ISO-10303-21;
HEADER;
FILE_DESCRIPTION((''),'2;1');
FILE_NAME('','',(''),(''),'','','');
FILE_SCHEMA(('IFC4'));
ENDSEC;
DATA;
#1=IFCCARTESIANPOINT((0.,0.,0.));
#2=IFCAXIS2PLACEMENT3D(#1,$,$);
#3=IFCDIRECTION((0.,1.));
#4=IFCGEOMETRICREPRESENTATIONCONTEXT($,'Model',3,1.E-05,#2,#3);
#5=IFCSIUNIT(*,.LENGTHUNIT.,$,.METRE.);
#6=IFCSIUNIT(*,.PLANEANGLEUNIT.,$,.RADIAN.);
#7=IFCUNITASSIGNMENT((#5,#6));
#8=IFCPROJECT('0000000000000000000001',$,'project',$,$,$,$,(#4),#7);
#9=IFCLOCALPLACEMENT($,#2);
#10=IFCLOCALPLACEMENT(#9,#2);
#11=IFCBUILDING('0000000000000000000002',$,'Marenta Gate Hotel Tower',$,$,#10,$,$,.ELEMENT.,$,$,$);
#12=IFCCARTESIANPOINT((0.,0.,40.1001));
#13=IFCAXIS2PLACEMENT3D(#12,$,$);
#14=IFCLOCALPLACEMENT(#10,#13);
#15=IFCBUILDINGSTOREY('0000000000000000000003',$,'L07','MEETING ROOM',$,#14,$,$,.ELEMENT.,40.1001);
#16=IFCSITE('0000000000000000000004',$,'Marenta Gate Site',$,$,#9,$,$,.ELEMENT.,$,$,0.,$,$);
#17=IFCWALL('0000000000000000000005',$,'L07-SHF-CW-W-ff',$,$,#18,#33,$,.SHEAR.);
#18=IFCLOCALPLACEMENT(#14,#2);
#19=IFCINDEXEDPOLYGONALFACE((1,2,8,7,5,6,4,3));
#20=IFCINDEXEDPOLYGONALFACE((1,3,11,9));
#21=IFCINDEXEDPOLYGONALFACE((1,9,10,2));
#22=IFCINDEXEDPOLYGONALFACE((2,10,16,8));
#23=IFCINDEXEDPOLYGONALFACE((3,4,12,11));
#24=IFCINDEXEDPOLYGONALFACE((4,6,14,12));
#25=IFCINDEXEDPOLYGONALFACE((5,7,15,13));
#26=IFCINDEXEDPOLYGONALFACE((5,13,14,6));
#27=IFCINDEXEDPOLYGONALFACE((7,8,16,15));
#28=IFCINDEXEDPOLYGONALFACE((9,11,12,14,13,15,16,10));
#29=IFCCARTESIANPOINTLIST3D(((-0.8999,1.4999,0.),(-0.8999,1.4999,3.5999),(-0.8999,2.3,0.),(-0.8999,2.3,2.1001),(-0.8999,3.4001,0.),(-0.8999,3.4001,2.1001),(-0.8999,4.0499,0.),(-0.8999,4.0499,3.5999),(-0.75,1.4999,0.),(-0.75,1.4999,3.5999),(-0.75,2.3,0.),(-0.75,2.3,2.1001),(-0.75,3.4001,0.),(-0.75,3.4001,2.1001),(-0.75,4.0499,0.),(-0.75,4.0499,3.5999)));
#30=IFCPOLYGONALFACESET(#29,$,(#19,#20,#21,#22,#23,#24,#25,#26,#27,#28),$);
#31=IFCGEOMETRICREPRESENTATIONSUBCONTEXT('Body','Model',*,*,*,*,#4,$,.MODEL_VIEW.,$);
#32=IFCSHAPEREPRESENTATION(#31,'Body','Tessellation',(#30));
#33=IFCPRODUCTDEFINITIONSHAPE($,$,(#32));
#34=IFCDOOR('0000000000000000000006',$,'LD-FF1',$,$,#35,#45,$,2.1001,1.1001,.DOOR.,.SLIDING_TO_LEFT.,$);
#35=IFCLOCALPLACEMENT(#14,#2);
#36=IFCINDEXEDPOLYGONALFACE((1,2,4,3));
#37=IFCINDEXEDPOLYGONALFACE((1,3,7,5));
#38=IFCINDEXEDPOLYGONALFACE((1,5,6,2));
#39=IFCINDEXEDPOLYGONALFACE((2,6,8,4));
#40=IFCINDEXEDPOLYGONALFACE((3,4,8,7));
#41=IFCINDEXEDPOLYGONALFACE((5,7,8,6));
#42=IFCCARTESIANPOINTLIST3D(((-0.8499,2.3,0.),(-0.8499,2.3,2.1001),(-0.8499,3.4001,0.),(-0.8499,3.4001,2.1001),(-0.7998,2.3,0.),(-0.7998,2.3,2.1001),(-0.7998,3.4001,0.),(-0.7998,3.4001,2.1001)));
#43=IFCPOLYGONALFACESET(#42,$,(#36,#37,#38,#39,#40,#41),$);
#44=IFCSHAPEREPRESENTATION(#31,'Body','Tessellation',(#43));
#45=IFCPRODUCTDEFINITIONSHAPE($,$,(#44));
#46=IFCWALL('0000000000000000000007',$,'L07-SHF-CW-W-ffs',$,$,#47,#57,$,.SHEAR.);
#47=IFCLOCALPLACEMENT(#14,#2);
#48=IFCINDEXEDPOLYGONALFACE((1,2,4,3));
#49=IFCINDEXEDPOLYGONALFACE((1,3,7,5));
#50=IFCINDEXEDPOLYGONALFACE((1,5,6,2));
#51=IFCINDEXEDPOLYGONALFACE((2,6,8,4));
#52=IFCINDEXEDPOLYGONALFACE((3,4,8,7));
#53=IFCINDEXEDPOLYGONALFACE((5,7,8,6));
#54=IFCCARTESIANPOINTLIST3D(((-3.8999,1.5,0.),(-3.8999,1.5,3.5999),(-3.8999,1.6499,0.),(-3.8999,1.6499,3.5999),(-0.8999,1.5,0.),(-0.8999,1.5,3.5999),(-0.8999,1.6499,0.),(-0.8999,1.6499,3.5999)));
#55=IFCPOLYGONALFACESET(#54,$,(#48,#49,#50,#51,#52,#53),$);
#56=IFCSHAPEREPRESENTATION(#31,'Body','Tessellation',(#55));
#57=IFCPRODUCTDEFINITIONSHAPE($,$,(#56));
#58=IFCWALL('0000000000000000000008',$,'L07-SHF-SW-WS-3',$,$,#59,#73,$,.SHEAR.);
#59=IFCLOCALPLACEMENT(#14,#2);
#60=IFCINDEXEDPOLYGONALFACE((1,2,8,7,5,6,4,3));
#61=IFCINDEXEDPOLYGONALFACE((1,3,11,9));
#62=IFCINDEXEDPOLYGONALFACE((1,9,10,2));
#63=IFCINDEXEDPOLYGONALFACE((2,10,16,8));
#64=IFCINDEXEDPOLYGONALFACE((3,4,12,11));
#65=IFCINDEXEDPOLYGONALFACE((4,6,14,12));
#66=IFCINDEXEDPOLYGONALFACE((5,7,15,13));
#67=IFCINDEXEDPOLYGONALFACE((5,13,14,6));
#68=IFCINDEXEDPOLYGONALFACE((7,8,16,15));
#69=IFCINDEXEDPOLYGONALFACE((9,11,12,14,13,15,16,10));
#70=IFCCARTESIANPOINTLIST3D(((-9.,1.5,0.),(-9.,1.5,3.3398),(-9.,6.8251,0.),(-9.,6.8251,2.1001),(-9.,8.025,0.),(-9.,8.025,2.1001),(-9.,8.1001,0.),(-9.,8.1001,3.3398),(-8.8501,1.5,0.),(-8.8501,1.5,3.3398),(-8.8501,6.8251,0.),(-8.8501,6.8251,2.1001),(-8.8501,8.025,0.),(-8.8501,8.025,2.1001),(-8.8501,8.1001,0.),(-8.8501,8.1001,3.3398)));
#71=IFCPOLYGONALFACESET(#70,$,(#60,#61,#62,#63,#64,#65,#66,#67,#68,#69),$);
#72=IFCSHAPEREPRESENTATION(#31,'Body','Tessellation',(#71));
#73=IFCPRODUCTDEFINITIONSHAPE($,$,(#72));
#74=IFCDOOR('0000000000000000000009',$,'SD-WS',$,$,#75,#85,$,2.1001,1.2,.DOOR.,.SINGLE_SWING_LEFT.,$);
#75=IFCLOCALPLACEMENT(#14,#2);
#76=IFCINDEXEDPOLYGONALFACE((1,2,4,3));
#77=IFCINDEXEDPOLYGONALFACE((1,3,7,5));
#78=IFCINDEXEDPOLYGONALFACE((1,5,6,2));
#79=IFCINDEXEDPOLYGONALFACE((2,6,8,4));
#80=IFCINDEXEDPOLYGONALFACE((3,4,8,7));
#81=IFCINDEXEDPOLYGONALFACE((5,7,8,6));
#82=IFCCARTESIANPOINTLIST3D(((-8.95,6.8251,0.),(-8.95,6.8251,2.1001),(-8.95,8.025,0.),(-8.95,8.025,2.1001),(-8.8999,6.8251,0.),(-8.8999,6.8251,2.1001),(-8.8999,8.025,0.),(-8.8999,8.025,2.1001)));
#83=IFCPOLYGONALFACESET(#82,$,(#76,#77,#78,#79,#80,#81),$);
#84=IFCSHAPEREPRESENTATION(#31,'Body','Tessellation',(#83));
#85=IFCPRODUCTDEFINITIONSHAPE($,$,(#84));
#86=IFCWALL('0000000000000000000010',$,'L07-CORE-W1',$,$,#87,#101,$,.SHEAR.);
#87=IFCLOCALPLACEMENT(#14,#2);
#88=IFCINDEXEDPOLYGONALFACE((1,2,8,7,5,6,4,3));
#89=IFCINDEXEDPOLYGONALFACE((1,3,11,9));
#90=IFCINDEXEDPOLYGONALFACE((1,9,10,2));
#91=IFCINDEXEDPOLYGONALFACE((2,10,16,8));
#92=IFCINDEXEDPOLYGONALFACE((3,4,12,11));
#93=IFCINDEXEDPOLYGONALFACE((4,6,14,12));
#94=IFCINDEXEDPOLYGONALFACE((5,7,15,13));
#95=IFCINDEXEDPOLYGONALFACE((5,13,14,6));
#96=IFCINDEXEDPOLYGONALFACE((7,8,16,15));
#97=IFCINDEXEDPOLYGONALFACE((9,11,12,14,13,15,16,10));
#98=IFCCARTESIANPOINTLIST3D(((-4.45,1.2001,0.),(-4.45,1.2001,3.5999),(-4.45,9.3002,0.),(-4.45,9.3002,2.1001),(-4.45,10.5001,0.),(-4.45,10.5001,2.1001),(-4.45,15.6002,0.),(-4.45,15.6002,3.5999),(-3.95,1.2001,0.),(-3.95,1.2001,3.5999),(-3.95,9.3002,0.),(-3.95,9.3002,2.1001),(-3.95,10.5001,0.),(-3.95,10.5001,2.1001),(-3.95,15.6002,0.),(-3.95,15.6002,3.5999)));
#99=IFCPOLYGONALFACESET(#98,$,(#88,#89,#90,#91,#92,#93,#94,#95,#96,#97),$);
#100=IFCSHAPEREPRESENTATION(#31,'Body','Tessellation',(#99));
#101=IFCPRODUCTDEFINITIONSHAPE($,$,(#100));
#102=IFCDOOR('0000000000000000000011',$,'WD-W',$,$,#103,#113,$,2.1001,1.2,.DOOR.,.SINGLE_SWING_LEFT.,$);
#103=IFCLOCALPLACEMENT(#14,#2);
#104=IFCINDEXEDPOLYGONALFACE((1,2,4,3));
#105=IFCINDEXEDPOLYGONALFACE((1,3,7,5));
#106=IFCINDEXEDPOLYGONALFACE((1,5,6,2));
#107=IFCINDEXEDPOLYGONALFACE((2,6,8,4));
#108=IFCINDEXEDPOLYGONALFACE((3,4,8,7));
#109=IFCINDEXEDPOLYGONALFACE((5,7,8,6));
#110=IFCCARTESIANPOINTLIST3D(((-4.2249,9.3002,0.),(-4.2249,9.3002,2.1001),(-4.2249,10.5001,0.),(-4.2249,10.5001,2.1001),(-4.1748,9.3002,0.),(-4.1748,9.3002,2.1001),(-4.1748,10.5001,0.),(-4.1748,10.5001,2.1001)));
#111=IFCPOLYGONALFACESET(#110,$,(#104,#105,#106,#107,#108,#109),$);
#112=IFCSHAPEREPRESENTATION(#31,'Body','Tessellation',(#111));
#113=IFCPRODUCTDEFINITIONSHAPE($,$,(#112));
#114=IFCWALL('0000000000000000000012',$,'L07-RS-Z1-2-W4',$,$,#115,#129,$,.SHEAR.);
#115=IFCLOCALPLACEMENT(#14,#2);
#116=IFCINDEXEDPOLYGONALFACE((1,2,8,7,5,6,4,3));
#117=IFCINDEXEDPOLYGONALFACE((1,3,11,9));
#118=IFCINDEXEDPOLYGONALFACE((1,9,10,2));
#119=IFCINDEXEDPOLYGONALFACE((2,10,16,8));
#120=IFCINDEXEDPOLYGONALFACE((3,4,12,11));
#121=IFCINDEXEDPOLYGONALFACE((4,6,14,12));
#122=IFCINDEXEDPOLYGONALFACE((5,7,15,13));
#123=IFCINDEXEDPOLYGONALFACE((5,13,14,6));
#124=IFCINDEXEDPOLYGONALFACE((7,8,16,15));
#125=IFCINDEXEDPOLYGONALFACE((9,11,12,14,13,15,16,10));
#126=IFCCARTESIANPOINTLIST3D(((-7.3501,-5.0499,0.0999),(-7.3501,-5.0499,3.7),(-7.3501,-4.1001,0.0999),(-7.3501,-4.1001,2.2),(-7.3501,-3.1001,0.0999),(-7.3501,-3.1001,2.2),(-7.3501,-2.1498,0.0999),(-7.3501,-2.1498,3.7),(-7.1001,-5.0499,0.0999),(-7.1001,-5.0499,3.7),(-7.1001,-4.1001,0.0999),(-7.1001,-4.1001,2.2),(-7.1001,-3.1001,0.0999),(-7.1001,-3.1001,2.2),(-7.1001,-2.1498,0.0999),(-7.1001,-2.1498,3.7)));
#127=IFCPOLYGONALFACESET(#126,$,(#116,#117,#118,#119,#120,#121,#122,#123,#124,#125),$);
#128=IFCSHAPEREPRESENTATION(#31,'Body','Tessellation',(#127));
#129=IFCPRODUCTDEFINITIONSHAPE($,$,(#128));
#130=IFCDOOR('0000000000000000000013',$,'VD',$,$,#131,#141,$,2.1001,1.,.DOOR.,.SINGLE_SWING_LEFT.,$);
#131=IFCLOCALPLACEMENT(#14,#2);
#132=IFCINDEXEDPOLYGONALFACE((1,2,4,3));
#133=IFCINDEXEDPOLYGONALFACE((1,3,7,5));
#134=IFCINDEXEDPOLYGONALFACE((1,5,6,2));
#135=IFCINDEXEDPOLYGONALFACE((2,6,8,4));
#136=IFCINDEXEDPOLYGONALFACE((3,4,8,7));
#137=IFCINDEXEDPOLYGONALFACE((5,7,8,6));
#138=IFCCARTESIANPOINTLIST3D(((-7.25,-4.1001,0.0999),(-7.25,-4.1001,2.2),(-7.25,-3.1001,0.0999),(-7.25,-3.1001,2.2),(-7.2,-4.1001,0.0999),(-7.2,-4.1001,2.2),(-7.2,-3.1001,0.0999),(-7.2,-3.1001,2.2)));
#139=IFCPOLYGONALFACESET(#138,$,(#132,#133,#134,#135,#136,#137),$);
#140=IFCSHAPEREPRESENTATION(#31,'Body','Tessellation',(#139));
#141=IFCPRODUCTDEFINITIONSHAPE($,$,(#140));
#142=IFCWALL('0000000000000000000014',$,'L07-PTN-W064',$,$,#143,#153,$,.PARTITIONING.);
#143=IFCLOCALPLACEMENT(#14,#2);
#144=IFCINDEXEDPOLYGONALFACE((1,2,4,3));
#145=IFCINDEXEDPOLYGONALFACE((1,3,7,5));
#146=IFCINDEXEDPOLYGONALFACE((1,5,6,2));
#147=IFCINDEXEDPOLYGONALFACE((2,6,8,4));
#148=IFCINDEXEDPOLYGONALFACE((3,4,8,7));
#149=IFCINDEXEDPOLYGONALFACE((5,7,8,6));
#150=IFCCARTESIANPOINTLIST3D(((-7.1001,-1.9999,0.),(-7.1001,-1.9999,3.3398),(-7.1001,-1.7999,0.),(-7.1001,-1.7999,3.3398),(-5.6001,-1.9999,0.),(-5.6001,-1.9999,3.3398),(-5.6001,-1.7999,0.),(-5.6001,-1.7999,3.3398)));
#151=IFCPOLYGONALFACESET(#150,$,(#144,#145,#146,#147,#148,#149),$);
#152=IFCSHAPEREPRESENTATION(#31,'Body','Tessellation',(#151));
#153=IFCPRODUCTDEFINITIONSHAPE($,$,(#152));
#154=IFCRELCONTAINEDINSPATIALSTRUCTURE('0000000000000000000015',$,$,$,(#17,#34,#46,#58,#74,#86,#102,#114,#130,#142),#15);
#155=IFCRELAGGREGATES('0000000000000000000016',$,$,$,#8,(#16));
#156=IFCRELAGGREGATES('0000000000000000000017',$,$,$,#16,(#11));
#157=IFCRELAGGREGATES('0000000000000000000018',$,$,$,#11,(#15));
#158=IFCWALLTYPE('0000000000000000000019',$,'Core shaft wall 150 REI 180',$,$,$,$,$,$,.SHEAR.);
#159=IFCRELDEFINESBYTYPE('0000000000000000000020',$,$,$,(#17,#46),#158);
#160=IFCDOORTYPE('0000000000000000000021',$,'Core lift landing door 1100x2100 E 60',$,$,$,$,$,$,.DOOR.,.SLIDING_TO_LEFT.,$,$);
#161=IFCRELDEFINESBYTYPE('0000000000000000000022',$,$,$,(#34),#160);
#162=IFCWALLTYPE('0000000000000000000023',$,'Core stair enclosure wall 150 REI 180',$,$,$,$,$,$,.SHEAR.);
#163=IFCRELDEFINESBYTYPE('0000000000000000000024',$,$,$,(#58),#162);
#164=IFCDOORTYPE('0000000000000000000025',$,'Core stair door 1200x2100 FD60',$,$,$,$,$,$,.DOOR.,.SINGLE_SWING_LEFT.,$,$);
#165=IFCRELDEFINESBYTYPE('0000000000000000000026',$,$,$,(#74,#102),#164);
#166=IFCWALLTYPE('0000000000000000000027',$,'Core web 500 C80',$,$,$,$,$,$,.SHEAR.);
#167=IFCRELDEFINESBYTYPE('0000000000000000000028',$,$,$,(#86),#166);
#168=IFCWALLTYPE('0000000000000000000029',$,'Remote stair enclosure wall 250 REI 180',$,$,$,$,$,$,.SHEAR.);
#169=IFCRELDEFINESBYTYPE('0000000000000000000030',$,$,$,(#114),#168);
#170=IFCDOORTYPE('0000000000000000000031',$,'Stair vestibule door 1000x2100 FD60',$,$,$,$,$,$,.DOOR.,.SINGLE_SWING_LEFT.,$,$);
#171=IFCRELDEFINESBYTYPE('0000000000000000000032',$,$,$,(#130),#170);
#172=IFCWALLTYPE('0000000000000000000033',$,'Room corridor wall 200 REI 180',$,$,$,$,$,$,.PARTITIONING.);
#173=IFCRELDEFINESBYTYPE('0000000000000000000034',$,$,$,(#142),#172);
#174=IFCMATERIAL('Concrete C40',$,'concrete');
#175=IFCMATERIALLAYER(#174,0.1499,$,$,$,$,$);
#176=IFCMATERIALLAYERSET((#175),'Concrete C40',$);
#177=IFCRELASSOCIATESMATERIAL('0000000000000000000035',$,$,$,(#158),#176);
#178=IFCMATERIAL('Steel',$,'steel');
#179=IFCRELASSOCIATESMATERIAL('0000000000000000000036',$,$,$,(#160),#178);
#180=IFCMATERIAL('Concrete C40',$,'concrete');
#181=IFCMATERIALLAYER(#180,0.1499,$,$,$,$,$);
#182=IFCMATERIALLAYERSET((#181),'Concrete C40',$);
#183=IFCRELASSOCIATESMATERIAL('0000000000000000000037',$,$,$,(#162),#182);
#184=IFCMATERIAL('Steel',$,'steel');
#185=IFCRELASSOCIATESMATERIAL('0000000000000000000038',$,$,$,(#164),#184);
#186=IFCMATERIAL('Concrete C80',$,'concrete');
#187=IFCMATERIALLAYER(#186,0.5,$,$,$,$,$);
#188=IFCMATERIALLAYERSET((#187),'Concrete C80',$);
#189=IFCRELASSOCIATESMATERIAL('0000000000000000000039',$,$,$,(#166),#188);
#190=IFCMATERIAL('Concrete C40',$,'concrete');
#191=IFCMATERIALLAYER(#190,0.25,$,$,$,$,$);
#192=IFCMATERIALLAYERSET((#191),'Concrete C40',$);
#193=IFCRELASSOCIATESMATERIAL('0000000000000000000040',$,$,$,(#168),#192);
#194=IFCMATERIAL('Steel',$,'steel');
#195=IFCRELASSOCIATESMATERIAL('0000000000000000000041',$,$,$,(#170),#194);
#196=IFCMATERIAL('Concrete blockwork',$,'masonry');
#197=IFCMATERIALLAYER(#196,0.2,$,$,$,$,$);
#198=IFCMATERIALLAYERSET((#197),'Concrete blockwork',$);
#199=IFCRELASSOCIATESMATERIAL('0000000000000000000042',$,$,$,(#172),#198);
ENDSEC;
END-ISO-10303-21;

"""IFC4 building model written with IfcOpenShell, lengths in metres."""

from ifc_helpers import new_model, si_unit, direction, frame, frame_2d, origin, place, context, subcontext, project, spatial, rectangle, extrude, material, layer, layer_set, type_object, element, fill, save


model = new_model("IFC4")

# Units and contexts
model_context = context("Model", 3, precision=1e-05, world=origin(), true_north=direction((0.0, 1.0)))
body_context = subcontext(model_context, "Body", "Model", "MODEL_VIEW")
ifc_project = project(units=[si_unit("LENGTHUNIT", "METRE"), si_unit("PLANEANGLEUNIT", "RADIAN")], contexts=[model_context])

# Site, building, storey
site_placement = place(None, origin())
site = spatial("IfcSite", under=ifc_project, at=site_placement, Name="Marenta Gate Site", CompositionType="ELEMENT", RefElevation=0.0)
building_placement = place(site_placement, origin())
building = spatial("IfcBuilding", under=site, at=building_placement, Name="Marenta Gate Hotel Tower", CompositionType="ELEMENT")
storey_placement = place(building_placement, frame((0.0, 0.0, 40.1001)))
storey = spatial("IfcBuildingStorey", under=building, at=storey_placement, Name="L07", Description="MEETING ROOM", CompositionType="ELEMENT", Elevation=40.1001)

# Wall, opening, door
ifc_material_1 = material(Name="Concrete C40", Category="concrete")
ifc_layer_1 = layer(ifc_material_1, 0.1499)
ifc_layer_set_1 = layer_set([ifc_layer_1], Name="Concrete C40")
wall_type_1 = type_object("IfcWallType", Name="Core shaft wall 150 REI 180", PredefinedType="SHEAR", material=ifc_layer_set_1)
wall_1_placement = place(storey_placement, frame((-0.825, 1.5, 0.0), z_axis=(0.0, 0.0, 1.0), x_axis=(0.0, 1.0, 0.0)))
wall_1 = element("IfcWall", 1, at=wall_1_placement, inside=storey, type_object=wall_type_1, Name="L07-SHF-CW-W-ff", PredefinedType="SHEAR", context=body_context, shape_type="SweptSolid", body=[
    extrude(rectangle(XDim=2.55, YDim=0.1499, at=frame_2d((1.2749, 0.0))), origin(), (0.0, 0.0, 1.0), 3.5999),
])
opening_1_placement = place(wall_1_placement, frame((0.8, 0.0, 0.0)))
opening_1 = element("IfcOpeningElement", 2, at=opening_1_placement, cuts=wall_1, PredefinedType="OPENING", context=body_context, shape_type="SweptSolid", body=[
    extrude(rectangle(XDim=1.1001, YDim=2.1001, at=frame_2d((0.55, 1.05))), frame((0.0, 0.075, 0.0), z_axis=(0.0, -1.0, 0.0), x_axis=(1.0, 0.0, 0.0)), (0.0, 0.0, 1.0), 0.1499),
])
ifc_material_2 = material(Name="Steel", Category="steel")
door_type_1 = type_object("IfcDoorType", Name="Core lift landing door 1100x2100 E 60", OperationType="SLIDING_TO_LEFT", PredefinedType="DOOR", material=ifc_material_2)
door_1_placement = place(opening_1_placement, origin())
door_1 = element("IfcDoor", 3, at=door_1_placement, inside=storey, type_object=door_type_1, Name="LD-FF1", OperationType="SLIDING_TO_LEFT", OverallHeight=2.1001, OverallWidth=1.1001, PredefinedType="DOOR", context=body_context, shape_type="SweptSolid", body=[
    extrude(rectangle(XDim=1.1001, YDim=2.1001, at=frame_2d((0.55, 1.05))), frame((0.0, 0.0249, 0.0), z_axis=(0.0, -1.0, 0.0), x_axis=(1.0, 0.0, 0.0)), (0.0, 0.0, 1.0), 0.05),
])
fill(opening_1, door_1)

# Wall
wall_2_placement = place(storey_placement, frame((-3.8999, 1.575, 0.0), z_axis=(0.0, 0.0, 1.0), x_axis=(1.0, 0.0, 0.0)))
element("IfcWall", 4, at=wall_2_placement, inside=storey, type_object=wall_type_1, Name="L07-SHF-CW-W-ffs", PredefinedType="SHEAR", context=body_context, shape_type="SweptSolid", body=[
    extrude(rectangle(XDim=3.0, YDim=0.1499, at=frame_2d((1.5, 0.0))), origin(), (0.0, 0.0, 1.0), 3.5999),
])

# Walls, openings, doors
ifc_material_3 = material(Name="Concrete C40", Category="concrete")
ifc_layer_2 = layer(ifc_material_3, 0.1499)
ifc_layer_set_2 = layer_set([ifc_layer_2], Name="Concrete C40")
wall_type_2 = type_object("IfcWallType", Name="Core stair enclosure wall 150 REI 180", PredefinedType="SHEAR", material=ifc_layer_set_2)
wall_3_placement = place(storey_placement, frame((-8.925, 1.5, 0.0), z_axis=(0.0, 0.0, 1.0), x_axis=(0.0, 1.0, 0.0)))
wall_3 = element("IfcWall", 5, at=wall_3_placement, inside=storey, type_object=wall_type_2, Name="L07-SHF-SW-WS-3", PredefinedType="SHEAR", context=body_context, shape_type="SweptSolid", body=[
    extrude(rectangle(XDim=6.6001, YDim=0.1499, at=frame_2d((3.3, 0.0))), origin(), (0.0, 0.0, 1.0), 3.3398),
])
opening_2_placement = place(wall_3_placement, frame((5.325, 0.0, 0.0)))
opening_2 = element("IfcOpeningElement", 6, at=opening_2_placement, cuts=wall_3, PredefinedType="OPENING", context=body_context, shape_type="SweptSolid", body=[
    extrude(rectangle(XDim=1.2, YDim=2.1001, at=frame_2d((0.6001, 1.05))), frame((0.0, 0.075, 0.0), z_axis=(0.0, -1.0, 0.0), x_axis=(1.0, 0.0, 0.0)), (0.0, 0.0, 1.0), 0.1499),
])
ifc_material_4 = material(Name="Steel", Category="steel")
door_type_2 = type_object("IfcDoorType", Name="Core stair door 1200x2100 FD60", OperationType="SINGLE_SWING_LEFT", PredefinedType="DOOR", material=ifc_material_4)
door_2_placement = place(opening_2_placement, origin())
door_2 = element("IfcDoor", 7, at=door_2_placement, inside=storey, type_object=door_type_2, Name="SD-WS", OperationType="SINGLE_SWING_LEFT", OverallHeight=2.1001, OverallWidth=1.2, PredefinedType="DOOR", context=body_context, shape_type="SweptSolid", body=[
    extrude(rectangle(XDim=1.2, YDim=2.1001, at=frame_2d((0.6001, 1.05))), frame((0.0, 0.0249, 0.0), z_axis=(0.0, -1.0, 0.0), x_axis=(1.0, 0.0, 0.0)), (0.0, 0.0, 1.0), 0.05),
])
fill(opening_2, door_2)
ifc_material_5 = material(Name="Concrete C80", Category="concrete")
ifc_layer_3 = layer(ifc_material_5, 0.5)
ifc_layer_set_3 = layer_set([ifc_layer_3], Name="Concrete C80")
wall_type_3 = type_object("IfcWallType", Name="Core web 500 C80", PredefinedType="SHEAR", material=ifc_layer_set_3)
wall_4_placement = place(storey_placement, frame((-4.2, 1.2, 0.0), z_axis=(0.0, 0.0, 1.0), x_axis=(0.0, 1.0, 0.0)))
wall_4 = element("IfcWall", 8, at=wall_4_placement, inside=storey, type_object=wall_type_3, Name="L07-CORE-W1", PredefinedType="SHEAR", context=body_context, shape_type="SweptSolid", body=[
    extrude(rectangle(XDim=14.4001, YDim=0.5, at=frame_2d((7.2002, 0.0))), origin(), (0.0, 0.0, 1.0), 3.5999),
])
opening_3_placement = place(wall_4_placement, frame((8.1001, 0.0, 0.0)))
opening_3 = element("IfcOpeningElement", 9, at=opening_3_placement, cuts=wall_4, PredefinedType="OPENING", context=body_context, shape_type="SweptSolid", body=[
    extrude(rectangle(XDim=1.2, YDim=2.1001, at=frame_2d((0.6001, 1.05))), frame((0.0, 0.25, 0.0), z_axis=(0.0, -1.0, 0.0), x_axis=(1.0, 0.0, 0.0)), (0.0, 0.0, 1.0), 0.5),
])
door_3_placement = place(opening_3_placement, origin())
door_3 = element("IfcDoor", 10, at=door_3_placement, inside=storey, type_object=door_type_2, Name="WD-W", OperationType="SINGLE_SWING_LEFT", OverallHeight=2.1001, OverallWidth=1.2, PredefinedType="DOOR", context=body_context, shape_type="SweptSolid", body=[
    extrude(rectangle(XDim=1.2, YDim=2.1001, at=frame_2d((0.6001, 1.05))), frame((0.0, 0.0249, 0.0), z_axis=(0.0, -1.0, 0.0), x_axis=(1.0, 0.0, 0.0)), (0.0, 0.0, 1.0), 0.05),
])
fill(opening_3, door_3)
ifc_material_6 = material(Name="Concrete C40", Category="concrete")
ifc_layer_4 = layer(ifc_material_6, 0.25)
ifc_layer_set_4 = layer_set([ifc_layer_4], Name="Concrete C40")
wall_type_4 = type_object("IfcWallType", Name="Remote stair enclosure wall 250 REI 180", PredefinedType="SHEAR", material=ifc_layer_set_4)
wall_5_placement = place(storey_placement, frame((-7.2251, -5.05, 0.0999), z_axis=(0.0, 0.0, 1.0), x_axis=(0.0, 1.0, 0.0)))
wall_5 = element("IfcWall", 11, at=wall_5_placement, inside=storey, type_object=wall_type_4, Name="L07-RS-Z1-2-W4", PredefinedType="SHEAR", context=body_context, shape_type="SweptSolid", body=[
    extrude(rectangle(XDim=2.9001, YDim=0.25, at=frame_2d((1.4502, 0.0))), origin(), (0.0, 0.0, 1.0), 3.6001),
])
opening_4_placement = place(wall_5_placement, frame((0.95, 0.0, 0.0)))
opening_4 = element("IfcOpeningElement", 12, at=opening_4_placement, cuts=wall_5, PredefinedType="OPENING", context=body_context, shape_type="SweptSolid", body=[
    extrude(rectangle(XDim=1.0, YDim=2.1001, at=frame_2d((0.5, 1.05))), frame((0.0, 0.125, 0.0), z_axis=(0.0, -1.0, 0.0), x_axis=(1.0, 0.0, 0.0)), (0.0, 0.0, 1.0), 0.25),
])
ifc_material_7 = material(Name="Steel", Category="steel")
door_type_3 = type_object("IfcDoorType", Name="Stair vestibule door 1000x2100 FD60", OperationType="SINGLE_SWING_LEFT", PredefinedType="DOOR", material=ifc_material_7)
door_4_placement = place(opening_4_placement, origin())
door_4 = element("IfcDoor", 13, at=door_4_placement, inside=storey, type_object=door_type_3, Name="VD", OperationType="SINGLE_SWING_LEFT", OverallHeight=2.1001, OverallWidth=1.0, PredefinedType="DOOR", context=body_context, shape_type="SweptSolid", body=[
    extrude(rectangle(XDim=1.0, YDim=2.1001, at=frame_2d((0.5, 1.05))), frame((0.0, 0.0249, 0.0), z_axis=(0.0, -1.0, 0.0), x_axis=(1.0, 0.0, 0.0)), (0.0, 0.0, 1.0), 0.05),
])
fill(opening_4, door_4)

# Wall
ifc_material_8 = material(Name="Concrete blockwork", Category="masonry")
ifc_layer_5 = layer(ifc_material_8, 0.2)
ifc_layer_set_5 = layer_set([ifc_layer_5], Name="Concrete blockwork")
wall_type_5 = type_object("IfcWallType", Name="Room corridor wall 200 REI 180", PredefinedType="PARTITIONING", material=ifc_layer_set_5)
wall_6_placement = place(storey_placement, frame((-7.1001, -1.8999, 0.0), z_axis=(0.0, 0.0, 1.0), x_axis=(1.0, 0.0, 0.0)))
element("IfcWall", 14, at=wall_6_placement, inside=storey, type_object=wall_type_5, Name="L07-PTN-W064", PredefinedType="PARTITIONING", context=body_context, shape_type="SweptSolid", body=[
    extrude(rectangle(XDim=1.5, YDim=0.2, at=frame_2d((0.75, 0.0))), origin(), (0.0, 0.0, 1.0), 3.3398),
])

save(model, "model.ifc")
